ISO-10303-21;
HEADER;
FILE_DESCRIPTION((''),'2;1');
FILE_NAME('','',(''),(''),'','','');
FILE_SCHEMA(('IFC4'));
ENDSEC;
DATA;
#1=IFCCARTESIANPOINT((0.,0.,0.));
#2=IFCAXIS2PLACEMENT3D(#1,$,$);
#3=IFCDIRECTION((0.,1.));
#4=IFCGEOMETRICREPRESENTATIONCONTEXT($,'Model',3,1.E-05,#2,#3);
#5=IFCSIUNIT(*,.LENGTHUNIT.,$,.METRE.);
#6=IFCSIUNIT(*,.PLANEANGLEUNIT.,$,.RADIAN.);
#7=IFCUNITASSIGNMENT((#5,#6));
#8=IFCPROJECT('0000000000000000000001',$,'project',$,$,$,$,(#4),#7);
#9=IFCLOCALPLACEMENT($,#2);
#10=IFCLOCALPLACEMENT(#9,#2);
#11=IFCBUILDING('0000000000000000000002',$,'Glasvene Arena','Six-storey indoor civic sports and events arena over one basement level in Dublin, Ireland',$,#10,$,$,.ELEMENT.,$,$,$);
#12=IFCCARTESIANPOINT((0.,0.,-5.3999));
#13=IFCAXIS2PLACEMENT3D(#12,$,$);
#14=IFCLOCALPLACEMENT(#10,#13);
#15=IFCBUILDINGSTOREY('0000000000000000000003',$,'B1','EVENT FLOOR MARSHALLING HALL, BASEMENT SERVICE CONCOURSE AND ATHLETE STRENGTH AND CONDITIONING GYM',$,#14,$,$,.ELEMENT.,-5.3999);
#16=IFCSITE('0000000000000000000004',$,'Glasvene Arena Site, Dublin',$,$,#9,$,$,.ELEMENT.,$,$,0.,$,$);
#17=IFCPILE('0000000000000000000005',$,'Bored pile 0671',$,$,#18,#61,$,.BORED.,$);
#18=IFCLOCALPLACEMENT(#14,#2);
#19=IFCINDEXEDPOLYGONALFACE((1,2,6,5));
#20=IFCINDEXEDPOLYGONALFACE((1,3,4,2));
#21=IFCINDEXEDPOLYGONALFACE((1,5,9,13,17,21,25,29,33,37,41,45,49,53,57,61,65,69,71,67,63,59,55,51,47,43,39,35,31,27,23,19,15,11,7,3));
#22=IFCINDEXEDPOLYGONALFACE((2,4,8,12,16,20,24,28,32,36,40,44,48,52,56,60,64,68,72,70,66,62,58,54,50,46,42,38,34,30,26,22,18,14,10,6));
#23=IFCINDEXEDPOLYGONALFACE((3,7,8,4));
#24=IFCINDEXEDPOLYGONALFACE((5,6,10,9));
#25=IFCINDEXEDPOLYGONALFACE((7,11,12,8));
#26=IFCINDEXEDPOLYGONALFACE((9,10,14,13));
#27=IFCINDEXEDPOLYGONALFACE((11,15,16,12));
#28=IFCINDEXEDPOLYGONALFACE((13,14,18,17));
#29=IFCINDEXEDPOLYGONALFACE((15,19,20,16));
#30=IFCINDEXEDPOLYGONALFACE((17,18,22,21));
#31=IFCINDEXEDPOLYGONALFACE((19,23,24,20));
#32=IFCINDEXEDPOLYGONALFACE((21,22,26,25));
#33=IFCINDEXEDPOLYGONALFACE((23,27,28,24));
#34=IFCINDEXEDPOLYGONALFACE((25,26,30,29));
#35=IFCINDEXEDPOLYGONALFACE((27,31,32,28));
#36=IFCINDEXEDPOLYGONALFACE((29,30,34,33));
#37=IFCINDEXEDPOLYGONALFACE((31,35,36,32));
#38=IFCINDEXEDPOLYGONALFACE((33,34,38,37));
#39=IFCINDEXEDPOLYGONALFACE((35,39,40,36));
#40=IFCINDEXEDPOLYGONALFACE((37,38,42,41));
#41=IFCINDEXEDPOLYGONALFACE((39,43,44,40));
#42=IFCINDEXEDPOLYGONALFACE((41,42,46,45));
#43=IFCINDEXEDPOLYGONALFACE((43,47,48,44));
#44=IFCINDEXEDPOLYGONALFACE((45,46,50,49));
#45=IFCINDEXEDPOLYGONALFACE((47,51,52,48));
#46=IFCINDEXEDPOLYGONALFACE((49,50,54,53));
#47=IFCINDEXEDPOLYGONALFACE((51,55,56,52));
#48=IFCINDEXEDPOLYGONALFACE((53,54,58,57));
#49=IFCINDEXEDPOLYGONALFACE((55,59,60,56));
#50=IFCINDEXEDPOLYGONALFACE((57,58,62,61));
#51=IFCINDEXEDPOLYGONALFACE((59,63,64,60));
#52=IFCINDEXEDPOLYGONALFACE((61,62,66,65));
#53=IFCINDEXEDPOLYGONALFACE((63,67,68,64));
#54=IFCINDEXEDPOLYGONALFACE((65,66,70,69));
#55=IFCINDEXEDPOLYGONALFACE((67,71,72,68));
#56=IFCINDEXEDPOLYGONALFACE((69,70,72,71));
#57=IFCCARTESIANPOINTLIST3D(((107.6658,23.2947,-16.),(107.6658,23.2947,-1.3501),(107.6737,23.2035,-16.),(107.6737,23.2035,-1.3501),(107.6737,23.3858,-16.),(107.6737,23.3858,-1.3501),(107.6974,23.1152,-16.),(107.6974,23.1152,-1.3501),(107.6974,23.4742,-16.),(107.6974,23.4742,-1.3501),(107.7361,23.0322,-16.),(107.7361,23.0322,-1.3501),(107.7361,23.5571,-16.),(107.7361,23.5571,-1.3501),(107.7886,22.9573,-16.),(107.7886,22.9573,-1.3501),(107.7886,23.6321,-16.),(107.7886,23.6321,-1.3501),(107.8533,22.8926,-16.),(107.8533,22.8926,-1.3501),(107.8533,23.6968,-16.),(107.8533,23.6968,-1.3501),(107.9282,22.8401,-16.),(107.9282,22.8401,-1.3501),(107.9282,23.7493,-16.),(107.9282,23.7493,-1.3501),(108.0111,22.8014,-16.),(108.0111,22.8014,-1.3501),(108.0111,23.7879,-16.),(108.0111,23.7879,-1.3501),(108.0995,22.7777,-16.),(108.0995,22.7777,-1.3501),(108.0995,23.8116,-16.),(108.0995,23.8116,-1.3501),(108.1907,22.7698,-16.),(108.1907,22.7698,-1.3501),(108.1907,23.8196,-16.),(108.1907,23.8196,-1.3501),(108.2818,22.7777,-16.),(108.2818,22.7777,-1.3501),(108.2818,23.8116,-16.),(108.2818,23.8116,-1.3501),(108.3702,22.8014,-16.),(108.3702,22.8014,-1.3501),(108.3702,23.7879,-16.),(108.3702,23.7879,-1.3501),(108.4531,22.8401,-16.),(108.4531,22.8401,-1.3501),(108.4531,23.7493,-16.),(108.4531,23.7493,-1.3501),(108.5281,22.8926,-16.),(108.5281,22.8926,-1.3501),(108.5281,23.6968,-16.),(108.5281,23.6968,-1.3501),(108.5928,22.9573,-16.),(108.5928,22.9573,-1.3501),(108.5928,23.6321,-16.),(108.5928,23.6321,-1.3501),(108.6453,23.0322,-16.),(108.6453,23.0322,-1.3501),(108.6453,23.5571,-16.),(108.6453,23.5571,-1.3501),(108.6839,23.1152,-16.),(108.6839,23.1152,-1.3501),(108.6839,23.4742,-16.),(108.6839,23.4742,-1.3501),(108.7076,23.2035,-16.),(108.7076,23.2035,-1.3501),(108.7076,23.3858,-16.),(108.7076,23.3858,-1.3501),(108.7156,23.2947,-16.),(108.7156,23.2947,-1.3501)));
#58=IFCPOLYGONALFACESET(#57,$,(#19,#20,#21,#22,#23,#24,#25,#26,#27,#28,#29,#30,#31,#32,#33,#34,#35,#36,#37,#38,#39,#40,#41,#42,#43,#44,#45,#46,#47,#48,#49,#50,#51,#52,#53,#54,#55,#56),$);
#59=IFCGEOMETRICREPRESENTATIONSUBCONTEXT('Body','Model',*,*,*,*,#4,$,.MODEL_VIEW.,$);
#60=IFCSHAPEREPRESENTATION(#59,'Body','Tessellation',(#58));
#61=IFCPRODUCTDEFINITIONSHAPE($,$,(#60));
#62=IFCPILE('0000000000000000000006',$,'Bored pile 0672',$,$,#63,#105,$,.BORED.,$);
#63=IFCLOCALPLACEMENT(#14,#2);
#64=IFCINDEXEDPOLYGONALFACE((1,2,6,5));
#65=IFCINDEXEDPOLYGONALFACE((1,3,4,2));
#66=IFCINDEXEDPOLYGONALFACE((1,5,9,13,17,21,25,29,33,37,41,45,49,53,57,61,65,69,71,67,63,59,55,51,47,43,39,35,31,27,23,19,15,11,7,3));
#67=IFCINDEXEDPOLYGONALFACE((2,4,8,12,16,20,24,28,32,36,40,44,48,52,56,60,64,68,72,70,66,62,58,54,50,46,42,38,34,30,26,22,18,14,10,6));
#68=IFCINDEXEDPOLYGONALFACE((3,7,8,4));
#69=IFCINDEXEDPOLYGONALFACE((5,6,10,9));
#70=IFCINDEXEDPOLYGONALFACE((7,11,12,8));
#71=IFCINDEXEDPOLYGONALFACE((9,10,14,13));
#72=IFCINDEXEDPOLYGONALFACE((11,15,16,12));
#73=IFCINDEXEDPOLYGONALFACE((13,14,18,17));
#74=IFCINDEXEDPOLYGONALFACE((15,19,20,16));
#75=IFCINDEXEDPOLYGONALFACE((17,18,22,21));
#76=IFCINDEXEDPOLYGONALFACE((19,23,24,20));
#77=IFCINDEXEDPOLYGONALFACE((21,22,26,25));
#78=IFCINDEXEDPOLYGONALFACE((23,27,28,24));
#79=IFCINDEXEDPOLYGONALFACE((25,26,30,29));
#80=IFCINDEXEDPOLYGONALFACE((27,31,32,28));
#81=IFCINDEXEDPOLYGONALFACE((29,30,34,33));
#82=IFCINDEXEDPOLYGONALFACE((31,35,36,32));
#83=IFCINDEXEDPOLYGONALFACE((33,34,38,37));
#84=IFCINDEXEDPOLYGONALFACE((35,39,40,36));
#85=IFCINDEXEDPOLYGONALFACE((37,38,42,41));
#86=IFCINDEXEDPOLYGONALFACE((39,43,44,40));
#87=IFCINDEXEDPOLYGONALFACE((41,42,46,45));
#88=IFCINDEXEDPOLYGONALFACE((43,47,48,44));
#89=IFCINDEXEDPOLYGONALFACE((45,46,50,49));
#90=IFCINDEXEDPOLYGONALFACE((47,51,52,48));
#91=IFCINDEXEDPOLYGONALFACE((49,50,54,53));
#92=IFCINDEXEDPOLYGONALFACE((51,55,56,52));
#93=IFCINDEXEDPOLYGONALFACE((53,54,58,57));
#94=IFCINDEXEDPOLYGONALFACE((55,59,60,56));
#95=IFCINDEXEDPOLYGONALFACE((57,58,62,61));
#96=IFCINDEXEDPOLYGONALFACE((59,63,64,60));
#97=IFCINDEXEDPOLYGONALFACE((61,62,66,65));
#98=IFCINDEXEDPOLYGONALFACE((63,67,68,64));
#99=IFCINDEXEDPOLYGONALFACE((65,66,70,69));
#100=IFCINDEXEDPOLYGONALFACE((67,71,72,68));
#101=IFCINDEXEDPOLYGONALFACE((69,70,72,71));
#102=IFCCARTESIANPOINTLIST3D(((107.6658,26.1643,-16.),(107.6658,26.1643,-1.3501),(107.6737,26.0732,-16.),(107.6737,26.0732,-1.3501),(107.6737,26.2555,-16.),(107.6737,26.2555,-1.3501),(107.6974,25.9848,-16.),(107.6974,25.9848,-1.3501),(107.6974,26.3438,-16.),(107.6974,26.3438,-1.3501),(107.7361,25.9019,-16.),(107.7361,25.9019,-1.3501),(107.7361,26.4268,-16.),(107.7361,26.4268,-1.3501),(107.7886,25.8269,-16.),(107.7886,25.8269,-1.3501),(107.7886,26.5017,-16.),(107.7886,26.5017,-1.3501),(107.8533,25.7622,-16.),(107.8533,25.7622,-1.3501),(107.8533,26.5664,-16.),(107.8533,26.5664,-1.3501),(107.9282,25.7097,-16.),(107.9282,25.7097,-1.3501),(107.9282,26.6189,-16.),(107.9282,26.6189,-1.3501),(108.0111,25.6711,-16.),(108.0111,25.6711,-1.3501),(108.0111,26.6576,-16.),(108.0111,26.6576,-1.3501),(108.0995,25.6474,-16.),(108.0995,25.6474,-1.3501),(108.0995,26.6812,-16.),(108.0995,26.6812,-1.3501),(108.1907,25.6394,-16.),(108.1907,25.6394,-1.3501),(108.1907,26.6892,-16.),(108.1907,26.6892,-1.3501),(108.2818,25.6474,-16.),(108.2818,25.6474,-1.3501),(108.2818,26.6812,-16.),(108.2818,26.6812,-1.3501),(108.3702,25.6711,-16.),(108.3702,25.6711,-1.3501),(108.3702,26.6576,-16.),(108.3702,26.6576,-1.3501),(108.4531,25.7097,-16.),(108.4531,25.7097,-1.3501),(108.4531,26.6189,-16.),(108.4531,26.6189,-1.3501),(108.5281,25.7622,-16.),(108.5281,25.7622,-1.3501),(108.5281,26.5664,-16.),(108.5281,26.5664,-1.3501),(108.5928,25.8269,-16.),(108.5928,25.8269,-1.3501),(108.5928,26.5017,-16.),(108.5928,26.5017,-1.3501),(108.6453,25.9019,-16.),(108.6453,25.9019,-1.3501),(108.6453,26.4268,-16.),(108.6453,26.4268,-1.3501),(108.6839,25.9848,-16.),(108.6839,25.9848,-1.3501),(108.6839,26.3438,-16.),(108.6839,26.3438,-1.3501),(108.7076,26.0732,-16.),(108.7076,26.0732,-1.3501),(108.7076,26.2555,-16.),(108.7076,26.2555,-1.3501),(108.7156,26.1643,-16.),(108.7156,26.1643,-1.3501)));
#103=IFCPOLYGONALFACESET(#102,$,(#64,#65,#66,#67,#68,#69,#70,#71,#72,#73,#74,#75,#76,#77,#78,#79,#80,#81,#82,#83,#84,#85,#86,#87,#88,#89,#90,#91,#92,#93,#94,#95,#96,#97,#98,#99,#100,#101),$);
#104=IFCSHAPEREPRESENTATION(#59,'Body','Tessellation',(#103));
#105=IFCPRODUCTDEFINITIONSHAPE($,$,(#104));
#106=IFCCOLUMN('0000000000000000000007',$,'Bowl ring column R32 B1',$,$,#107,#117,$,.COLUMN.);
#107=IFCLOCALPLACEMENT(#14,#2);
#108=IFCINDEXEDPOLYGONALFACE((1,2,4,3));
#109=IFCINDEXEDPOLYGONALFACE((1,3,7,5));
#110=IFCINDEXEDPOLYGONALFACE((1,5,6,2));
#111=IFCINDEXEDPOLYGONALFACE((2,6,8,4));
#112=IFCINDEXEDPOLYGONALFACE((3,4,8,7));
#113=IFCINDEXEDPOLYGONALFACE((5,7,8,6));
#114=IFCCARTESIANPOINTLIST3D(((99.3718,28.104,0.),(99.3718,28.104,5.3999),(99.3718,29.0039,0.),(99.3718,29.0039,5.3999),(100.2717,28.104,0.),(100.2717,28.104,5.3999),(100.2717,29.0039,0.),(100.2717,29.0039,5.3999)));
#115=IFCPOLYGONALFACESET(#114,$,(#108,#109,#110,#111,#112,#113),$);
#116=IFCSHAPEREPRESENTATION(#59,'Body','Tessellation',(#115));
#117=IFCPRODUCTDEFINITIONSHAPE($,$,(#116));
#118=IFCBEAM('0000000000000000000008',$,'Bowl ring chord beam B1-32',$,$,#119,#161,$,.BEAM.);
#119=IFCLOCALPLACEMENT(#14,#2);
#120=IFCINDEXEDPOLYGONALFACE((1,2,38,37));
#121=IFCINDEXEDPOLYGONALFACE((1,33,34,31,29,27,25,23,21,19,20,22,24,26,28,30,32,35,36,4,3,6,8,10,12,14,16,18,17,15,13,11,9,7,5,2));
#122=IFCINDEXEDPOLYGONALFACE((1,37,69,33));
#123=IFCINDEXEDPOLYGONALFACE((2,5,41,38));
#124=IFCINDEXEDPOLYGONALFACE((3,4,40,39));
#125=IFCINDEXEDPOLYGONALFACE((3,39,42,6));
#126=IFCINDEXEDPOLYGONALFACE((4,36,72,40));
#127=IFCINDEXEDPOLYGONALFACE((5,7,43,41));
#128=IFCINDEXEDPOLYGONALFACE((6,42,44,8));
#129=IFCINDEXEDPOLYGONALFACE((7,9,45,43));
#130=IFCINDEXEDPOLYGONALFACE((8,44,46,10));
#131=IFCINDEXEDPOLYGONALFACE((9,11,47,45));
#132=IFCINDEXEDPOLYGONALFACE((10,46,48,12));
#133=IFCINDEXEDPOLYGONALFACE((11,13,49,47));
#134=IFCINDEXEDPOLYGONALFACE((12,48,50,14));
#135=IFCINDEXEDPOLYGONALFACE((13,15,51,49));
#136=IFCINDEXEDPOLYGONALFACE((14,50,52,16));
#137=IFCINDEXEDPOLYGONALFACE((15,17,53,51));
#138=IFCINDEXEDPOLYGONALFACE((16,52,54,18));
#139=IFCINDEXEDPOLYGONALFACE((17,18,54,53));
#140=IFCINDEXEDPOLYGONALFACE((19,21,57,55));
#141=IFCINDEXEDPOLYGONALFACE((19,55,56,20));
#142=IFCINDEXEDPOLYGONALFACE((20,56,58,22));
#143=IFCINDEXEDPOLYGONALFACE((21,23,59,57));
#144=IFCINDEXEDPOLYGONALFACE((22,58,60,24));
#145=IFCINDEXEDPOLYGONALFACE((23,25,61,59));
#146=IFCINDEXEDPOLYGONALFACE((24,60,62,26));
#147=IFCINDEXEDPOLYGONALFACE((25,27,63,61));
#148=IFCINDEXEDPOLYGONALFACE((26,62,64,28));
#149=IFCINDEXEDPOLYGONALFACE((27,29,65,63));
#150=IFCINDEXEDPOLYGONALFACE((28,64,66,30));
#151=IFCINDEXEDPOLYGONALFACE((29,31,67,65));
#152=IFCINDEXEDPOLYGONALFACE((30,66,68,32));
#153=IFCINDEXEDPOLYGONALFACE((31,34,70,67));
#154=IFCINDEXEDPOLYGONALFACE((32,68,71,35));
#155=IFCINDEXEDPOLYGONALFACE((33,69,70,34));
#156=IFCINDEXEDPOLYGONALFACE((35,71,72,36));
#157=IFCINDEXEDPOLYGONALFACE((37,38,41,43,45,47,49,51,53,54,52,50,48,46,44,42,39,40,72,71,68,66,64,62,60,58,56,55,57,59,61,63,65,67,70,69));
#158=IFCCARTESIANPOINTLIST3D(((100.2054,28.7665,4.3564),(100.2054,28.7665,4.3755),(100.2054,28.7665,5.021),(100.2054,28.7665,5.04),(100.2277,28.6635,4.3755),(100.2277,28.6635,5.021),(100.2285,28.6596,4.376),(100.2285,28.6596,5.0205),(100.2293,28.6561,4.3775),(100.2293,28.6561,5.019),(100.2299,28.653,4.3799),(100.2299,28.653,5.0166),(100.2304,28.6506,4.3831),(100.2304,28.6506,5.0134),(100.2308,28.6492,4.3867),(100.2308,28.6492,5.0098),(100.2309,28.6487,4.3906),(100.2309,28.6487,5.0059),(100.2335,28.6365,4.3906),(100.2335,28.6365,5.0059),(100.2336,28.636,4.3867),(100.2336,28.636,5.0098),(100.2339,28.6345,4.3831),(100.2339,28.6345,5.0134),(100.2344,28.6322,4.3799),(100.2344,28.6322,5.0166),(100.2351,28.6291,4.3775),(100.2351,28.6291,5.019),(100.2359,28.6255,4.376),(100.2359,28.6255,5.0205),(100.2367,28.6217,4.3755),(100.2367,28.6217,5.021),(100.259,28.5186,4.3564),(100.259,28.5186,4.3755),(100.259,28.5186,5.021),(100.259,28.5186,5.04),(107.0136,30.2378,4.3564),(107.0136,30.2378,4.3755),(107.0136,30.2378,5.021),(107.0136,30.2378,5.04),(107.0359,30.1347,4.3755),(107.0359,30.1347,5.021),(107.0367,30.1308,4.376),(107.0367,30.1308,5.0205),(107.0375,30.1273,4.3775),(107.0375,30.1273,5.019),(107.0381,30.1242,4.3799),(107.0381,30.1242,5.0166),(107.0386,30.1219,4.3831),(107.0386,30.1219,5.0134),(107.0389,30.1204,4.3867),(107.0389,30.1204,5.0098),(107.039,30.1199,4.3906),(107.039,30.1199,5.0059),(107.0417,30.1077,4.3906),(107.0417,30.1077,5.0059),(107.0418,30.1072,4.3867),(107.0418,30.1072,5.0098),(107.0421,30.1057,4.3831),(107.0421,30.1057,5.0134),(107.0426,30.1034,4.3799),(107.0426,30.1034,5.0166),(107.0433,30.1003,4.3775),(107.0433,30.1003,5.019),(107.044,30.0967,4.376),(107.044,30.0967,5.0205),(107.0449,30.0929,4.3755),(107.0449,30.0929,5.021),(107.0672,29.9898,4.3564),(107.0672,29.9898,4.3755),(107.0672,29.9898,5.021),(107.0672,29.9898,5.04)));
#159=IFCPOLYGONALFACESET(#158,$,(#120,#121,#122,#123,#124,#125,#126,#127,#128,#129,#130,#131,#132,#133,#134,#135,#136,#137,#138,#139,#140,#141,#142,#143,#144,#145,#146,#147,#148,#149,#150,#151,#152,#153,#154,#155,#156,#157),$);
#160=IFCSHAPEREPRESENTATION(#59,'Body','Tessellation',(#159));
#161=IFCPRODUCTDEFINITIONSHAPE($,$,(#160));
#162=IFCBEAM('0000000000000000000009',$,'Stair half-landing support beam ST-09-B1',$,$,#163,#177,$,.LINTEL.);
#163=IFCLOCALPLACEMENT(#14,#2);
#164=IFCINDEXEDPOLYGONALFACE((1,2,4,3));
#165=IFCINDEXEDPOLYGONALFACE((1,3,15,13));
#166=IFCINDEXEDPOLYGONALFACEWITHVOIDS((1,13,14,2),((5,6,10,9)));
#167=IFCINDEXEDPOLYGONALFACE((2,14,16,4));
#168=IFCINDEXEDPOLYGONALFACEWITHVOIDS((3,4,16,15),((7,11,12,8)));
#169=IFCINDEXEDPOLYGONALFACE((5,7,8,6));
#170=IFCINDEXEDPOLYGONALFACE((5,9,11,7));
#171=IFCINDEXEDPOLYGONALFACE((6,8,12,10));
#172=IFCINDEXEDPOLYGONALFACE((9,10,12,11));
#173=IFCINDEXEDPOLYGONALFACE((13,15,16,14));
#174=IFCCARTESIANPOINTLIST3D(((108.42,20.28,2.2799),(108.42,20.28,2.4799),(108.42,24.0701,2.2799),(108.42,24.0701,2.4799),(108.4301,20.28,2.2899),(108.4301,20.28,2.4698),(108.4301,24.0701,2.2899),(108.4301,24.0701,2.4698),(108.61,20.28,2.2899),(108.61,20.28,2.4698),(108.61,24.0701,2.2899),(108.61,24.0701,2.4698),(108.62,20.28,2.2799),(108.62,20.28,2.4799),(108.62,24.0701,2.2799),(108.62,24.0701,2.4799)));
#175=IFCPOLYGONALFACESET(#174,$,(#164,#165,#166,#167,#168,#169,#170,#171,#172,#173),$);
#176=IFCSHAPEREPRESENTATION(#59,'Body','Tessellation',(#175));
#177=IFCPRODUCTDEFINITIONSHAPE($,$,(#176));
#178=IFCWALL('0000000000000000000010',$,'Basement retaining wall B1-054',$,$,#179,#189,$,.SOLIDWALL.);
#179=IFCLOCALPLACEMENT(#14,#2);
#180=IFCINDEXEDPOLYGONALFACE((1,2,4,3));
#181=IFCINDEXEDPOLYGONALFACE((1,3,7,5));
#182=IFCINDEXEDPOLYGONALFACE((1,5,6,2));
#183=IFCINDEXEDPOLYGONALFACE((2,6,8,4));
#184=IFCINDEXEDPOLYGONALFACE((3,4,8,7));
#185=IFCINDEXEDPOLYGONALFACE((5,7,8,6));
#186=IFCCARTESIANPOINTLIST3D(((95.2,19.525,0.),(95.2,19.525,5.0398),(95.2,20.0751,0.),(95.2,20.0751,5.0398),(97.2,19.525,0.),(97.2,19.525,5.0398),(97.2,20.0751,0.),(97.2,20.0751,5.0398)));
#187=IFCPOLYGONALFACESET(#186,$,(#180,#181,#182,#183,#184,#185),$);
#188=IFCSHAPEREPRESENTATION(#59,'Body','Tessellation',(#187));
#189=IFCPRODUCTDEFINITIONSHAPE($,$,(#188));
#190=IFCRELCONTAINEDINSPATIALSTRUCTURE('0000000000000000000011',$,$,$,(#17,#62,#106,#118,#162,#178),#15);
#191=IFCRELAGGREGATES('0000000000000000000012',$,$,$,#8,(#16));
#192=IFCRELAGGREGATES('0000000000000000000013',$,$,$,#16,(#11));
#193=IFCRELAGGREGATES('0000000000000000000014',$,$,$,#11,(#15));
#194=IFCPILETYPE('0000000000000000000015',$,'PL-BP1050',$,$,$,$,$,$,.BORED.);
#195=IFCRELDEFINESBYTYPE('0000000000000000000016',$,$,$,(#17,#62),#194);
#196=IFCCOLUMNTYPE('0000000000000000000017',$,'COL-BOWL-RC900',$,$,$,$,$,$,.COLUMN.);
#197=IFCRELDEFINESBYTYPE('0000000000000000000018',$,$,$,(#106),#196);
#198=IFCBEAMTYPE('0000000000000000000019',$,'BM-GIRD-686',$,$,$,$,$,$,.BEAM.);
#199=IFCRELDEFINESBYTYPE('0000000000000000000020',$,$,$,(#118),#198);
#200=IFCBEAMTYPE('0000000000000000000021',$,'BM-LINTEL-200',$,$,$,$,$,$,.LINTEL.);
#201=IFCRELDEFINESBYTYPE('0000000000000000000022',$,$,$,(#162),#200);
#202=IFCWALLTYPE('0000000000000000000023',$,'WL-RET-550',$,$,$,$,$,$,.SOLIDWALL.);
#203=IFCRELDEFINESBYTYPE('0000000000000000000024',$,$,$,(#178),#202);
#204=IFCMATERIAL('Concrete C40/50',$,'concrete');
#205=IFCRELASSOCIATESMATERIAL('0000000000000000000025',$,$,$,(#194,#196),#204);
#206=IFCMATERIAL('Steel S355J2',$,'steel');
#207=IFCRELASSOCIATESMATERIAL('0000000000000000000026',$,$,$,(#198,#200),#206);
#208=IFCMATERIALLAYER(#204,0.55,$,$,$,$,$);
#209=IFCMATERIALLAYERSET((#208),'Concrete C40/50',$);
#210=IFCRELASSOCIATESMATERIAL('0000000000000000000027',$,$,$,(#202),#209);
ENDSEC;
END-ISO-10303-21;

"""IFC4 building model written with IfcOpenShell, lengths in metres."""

from ifc_helpers import new_model, si_unit, direction, frame, frame_2d, origin, origin_2d, place, context, subcontext, project, spatial, rectangle, hollow_rectangle, circle, i_section, extrude, material, layer, layer_set, material_profile, profile_set, type_object, element, save


model = new_model("IFC4")

# Units and contexts
model_context = context("Model", 3, precision=1e-05, world=origin(), true_north=direction((0.0, 1.0)))
body_context = subcontext(model_context, "Body", "Model", "MODEL_VIEW")
ifc_project = project(units=[si_unit("LENGTHUNIT", "METRE"), si_unit("PLANEANGLEUNIT", "RADIAN")], contexts=[model_context])

# Site, building, storey
site_placement = place(None, origin())
site = spatial("IfcSite", under=ifc_project, at=site_placement, Name="Glasvene Arena Site, Dublin", CompositionType="ELEMENT", RefElevation=0.0)
building_placement = place(site_placement, origin())
building = spatial("IfcBuilding", under=site, at=building_placement, Name="Glasvene Arena", Description="Six-storey indoor civic sports and events arena over one basement level in Dublin, Ireland", CompositionType="ELEMENT")
storey_placement = place(building_placement, frame((0.0, 0.0, -5.3999)))
storey = spatial("IfcBuildingStorey", under=building, at=storey_placement, Name="B1", Description="EVENT FLOOR MARSHALLING HALL, BASEMENT SERVICE CONCOURSE AND ATHLETE STRENGTH AND CONDITIONING GYM", CompositionType="ELEMENT", Elevation=-5.3999)

# Piles
ifc_material_1 = material(Name="Concrete C40/50", Category="concrete")
ifc_material_profile_1 = material_profile(ifc_material_1, circle(Radius=0.5249, at=origin_2d()), Name="BORED PILE 1050")
ifc_profile_set_1 = profile_set([ifc_material_profile_1], Name="Concrete C40/50")
pile_type = type_object("IfcPileType", Name="PL-BP1050", PredefinedType="BORED", material=ifc_profile_set_1)
for number, where, z_axis, x_axis, name in (
    (1, (108.1907, 23.2947, -1.3501), (0.0, 0.0, -1.0), (1.0, 0.0, 0.0), "Bored pile 0671"),
    (2, (108.1907, 26.1643, -1.3501), (0.0, 0.0, -1.0), (1.0, 0.0, 0.0), "Bored pile 0672"),
):
    element("IfcPile", number, at=place(storey_placement, frame(where, z_axis=z_axis, x_axis=x_axis)), inside=storey, type_object=pile_type, Name=name, PredefinedType="BORED", context=body_context, shape_type="SweptSolid", body=[
        extrude(circle(Radius=0.5249, at=origin_2d()), origin(), (0.0, 0.0, 1.0), 14.6499),
    ])

# Column
ifc_material_profile_2 = material_profile(ifc_material_1, rectangle(XDim=0.8999, YDim=0.8999, at=origin_2d()), Name="RC 900x900")
ifc_profile_set_2 = profile_set([ifc_material_profile_2], Name="Concrete C40/50")
column_type = type_object("IfcColumnType", Name="COL-BOWL-RC900", PredefinedType="COLUMN", material=ifc_profile_set_2)
column_placement = place(storey_placement, frame((99.8218, 28.554, 0.0), z_axis=(0.0, 0.0, 1.0), x_axis=(1.0, 0.0, 0.0)))
element("IfcColumn", 3, at=column_placement, inside=storey, type_object=column_type, Name="Bowl ring column R32 B1", PredefinedType="COLUMN", context=body_context, shape_type="SweptSolid", body=[
    extrude(rectangle(XDim=0.8999, YDim=0.8999, at=origin_2d()), origin(), (0.0, 0.0, 1.0), 5.3999),
])

# Beams
ifc_material_2 = material(Name="Steel S355J2", Category="steel")
ifc_material_profile_3 = material_profile(ifc_material_2, i_section(OverallWidth=0.2537, OverallDepth=0.6836, WebThickness=0.0125, FlangeThickness=0.019, FilletRadius=0.0151, at=origin_2d()), Name="UKB 686x254x140")
ifc_profile_set_3 = profile_set([ifc_material_profile_3], Name="Steel S355J2")
beam_type_1 = type_object("IfcBeamType", Name="BM-GIRD-686", PredefinedType="BEAM", material=ifc_profile_set_3)
beam_1_placement = place(storey_placement, frame((100.2322, 28.6426, 4.6982), z_axis=(0.977439, 0.211219, 0.0), x_axis=(-0.211219, 0.977439, 0.0)))
element("IfcBeam", 4, at=beam_1_placement, inside=storey, type_object=beam_type_1, Name="Bowl ring chord beam B1-32", PredefinedType="BEAM", context=body_context, shape_type="SweptSolid", body=[
    extrude(i_section(OverallWidth=0.2537, OverallDepth=0.6836, WebThickness=0.0125, FlangeThickness=0.019, FilletRadius=0.0151, at=origin_2d()), origin(), (0.0, 0.0, 1.0), 6.9653),
])
ifc_material_profile_4 = material_profile(ifc_material_2, hollow_rectangle(XDim=0.2, YDim=0.2, WallThickness=0.01, at=origin_2d()), Name="SHS 200x200x10.0")
ifc_profile_set_4 = profile_set([ifc_material_profile_4], Name="Steel S355J2")
beam_type_2 = type_object("IfcBeamType", Name="BM-LINTEL-200", PredefinedType="LINTEL", material=ifc_profile_set_4)
beam_2_placement = place(storey_placement, frame((108.52, 20.28, 2.3799), z_axis=(0.0, 1.0, 0.0), x_axis=(-1.0, 0.0, 0.0)))
element("IfcBeam", 5, at=beam_2_placement, inside=storey, type_object=beam_type_2, Name="Stair half-landing support beam ST-09-B1", PredefinedType="LINTEL", context=body_context, shape_type="SweptSolid", body=[
    extrude(hollow_rectangle(XDim=0.2, YDim=0.2, WallThickness=0.01, at=origin_2d()), origin(), (0.0, 0.0, 1.0), 3.79),
])

# Wall
ifc_layer_1 = layer(ifc_material_1, 0.55)
ifc_layer_set_1 = layer_set([ifc_layer_1], Name="Concrete C40/50")
wall_type_1 = type_object("IfcWallType", Name="WL-RET-550", PredefinedType="SOLIDWALL", material=ifc_layer_set_1)
wall_1_placement = place(storey_placement, frame((97.2, 19.8, 0.0), z_axis=(0.0, 0.0, 1.0), x_axis=(-1.0, 0.0, 0.0)))
element("IfcWall", 6, at=wall_1_placement, inside=storey, type_object=wall_type_1, Name="Basement retaining wall B1-054", PredefinedType="SOLIDWALL", context=body_context, shape_type="SweptSolid", body=[
    extrude(rectangle(XDim=2.0, YDim=0.55, at=frame_2d((1.0, 0.0))), origin(), (0.0, 0.0, 1.0), 5.0398),
])

save(model, "model.ifc")
